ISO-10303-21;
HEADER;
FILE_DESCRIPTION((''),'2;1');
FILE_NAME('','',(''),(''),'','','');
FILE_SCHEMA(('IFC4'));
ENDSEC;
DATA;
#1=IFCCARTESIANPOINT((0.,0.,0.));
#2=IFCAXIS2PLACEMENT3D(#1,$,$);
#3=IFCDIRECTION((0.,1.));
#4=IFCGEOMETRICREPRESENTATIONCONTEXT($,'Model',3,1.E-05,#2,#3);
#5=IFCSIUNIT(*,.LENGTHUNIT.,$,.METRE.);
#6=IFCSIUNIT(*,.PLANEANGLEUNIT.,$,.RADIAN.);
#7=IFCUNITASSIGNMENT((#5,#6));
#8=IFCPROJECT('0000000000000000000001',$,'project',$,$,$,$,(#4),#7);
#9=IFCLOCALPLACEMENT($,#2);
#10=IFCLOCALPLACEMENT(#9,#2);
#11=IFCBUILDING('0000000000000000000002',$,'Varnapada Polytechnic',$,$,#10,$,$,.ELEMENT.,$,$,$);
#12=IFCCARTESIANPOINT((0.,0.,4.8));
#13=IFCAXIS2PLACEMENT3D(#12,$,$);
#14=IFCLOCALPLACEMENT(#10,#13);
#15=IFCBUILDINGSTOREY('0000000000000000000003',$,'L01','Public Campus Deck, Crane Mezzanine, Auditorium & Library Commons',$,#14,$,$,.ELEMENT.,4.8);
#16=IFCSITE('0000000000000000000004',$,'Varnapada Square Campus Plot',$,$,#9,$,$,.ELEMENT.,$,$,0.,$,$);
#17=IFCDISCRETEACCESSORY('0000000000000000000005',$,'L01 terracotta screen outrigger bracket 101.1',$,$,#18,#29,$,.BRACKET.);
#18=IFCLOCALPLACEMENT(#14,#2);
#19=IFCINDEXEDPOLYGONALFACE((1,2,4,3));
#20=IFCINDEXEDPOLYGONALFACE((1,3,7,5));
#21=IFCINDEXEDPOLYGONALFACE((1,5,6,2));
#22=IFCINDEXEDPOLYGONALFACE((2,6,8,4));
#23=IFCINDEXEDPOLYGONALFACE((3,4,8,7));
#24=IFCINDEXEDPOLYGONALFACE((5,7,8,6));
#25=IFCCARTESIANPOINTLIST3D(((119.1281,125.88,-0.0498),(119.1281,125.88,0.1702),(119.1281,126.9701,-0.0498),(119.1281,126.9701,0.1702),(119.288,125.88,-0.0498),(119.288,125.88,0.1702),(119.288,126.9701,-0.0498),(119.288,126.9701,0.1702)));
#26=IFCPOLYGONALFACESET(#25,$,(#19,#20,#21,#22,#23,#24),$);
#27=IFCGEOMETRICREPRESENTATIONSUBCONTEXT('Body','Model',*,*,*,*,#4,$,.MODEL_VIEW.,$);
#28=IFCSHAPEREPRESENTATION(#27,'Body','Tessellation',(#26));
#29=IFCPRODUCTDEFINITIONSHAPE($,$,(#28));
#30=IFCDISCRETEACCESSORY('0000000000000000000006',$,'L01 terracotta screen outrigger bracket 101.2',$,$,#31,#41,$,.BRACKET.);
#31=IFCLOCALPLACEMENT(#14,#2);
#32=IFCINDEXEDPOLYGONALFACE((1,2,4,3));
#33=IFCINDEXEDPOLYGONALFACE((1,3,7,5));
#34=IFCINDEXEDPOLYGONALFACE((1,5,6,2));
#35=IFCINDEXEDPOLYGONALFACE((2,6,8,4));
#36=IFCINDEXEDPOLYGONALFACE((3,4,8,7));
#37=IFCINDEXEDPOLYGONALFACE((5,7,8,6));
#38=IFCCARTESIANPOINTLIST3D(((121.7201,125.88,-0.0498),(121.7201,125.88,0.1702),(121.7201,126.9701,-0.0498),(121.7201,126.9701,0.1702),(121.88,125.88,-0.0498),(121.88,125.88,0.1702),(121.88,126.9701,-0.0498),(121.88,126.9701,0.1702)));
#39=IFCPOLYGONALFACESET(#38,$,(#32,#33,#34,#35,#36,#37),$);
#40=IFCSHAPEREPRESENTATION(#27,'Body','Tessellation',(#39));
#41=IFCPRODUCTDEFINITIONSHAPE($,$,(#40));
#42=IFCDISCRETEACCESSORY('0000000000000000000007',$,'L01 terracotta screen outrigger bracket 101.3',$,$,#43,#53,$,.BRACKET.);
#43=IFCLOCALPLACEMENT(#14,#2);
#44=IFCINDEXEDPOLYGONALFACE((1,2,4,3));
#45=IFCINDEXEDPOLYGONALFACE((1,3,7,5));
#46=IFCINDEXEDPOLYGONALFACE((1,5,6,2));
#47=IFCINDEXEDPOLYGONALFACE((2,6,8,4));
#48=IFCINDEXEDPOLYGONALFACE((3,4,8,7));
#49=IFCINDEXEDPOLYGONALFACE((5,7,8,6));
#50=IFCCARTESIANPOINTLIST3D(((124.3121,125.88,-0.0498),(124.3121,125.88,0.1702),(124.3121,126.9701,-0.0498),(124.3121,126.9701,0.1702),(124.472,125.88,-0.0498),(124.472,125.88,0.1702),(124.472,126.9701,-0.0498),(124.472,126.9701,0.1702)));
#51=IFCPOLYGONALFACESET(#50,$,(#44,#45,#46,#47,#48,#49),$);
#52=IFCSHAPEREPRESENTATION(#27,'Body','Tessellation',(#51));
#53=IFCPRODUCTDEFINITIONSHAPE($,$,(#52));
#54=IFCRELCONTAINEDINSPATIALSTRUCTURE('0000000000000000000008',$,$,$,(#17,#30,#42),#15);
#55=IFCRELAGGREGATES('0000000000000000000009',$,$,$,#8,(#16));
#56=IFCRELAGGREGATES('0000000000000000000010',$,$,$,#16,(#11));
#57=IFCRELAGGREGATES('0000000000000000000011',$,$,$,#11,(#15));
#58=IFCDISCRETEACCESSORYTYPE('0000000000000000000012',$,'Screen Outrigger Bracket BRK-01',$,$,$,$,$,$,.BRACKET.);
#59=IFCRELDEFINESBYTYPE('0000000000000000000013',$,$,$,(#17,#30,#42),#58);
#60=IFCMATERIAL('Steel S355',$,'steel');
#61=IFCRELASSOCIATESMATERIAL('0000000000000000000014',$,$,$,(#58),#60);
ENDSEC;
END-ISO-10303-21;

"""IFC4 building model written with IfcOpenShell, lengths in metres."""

from ifc_helpers import new_model, si_unit, direction, frame, origin, origin_2d, place, context, subcontext, project, spatial, rectangle, extrude, material, type_object, element, save


model = new_model("IFC4")

# Units and contexts
model_context = context("Model", 3, precision=1e-05, world=origin(), true_north=direction((0.0, 1.0)))
body_context = subcontext(model_context, "Body", "Model", "MODEL_VIEW")
ifc_project = project(units=[si_unit("LENGTHUNIT", "METRE"), si_unit("PLANEANGLEUNIT", "RADIAN")], contexts=[model_context])

# Site, building, storey
site_placement = place(None, origin())
site = spatial("IfcSite", under=ifc_project, at=site_placement, Name="Varnapada Square Campus Plot", CompositionType="ELEMENT", RefElevation=0.0)
building_placement = place(site_placement, origin())
building = spatial("IfcBuilding", under=site, at=building_placement, Name="Varnapada Polytechnic", CompositionType="ELEMENT")
storey_placement = place(building_placement, frame((0.0, 0.0, 4.8)))
storey = spatial("IfcBuildingStorey", under=building, at=storey_placement, Name="L01", Description="Public Campus Deck, Crane Mezzanine, Auditorium & Library Commons", CompositionType="ELEMENT", Elevation=4.8)

# Shared definitions
ifc_material_1 = material(Name="Steel S355", Category="steel")

# Discrete accessories
discrete_accessory_type = type_object("IfcDiscreteAccessoryType", Name="Screen Outrigger Bracket BRK-01", PredefinedType="BRACKET", material=ifc_material_1)
for number, where, z_axis, x_axis, name in (
    (1, (119.208, 126.425, -0.0498), (0.0, 0.0, 1.0), (1.0, 0.0, 0.0), "L01 terracotta screen outrigger bracket 101.1"),
    (2, (121.8, 126.425, -0.0498), (0.0, 0.0, 1.0), (1.0, 0.0, 0.0), "L01 terracotta screen outrigger bracket 101.2"),
    (3, (124.3921, 126.425, -0.0498), (0.0, 0.0, 1.0), (1.0, 0.0, 0.0), "L01 terracotta screen outrigger bracket 101.3"),
):
    element("IfcDiscreteAccessory", number, at=place(storey_placement, frame(where, z_axis=z_axis, x_axis=x_axis)), inside=storey, type_object=discrete_accessory_type, Name=name, PredefinedType="BRACKET", context=body_context, shape_type="SweptSolid", body=[
        extrude(rectangle(XDim=0.1599, YDim=1.0901, at=origin_2d()), origin(), (0.0, 0.0, 1.0), 0.22),
    ])

save(model, "model.ifc")
